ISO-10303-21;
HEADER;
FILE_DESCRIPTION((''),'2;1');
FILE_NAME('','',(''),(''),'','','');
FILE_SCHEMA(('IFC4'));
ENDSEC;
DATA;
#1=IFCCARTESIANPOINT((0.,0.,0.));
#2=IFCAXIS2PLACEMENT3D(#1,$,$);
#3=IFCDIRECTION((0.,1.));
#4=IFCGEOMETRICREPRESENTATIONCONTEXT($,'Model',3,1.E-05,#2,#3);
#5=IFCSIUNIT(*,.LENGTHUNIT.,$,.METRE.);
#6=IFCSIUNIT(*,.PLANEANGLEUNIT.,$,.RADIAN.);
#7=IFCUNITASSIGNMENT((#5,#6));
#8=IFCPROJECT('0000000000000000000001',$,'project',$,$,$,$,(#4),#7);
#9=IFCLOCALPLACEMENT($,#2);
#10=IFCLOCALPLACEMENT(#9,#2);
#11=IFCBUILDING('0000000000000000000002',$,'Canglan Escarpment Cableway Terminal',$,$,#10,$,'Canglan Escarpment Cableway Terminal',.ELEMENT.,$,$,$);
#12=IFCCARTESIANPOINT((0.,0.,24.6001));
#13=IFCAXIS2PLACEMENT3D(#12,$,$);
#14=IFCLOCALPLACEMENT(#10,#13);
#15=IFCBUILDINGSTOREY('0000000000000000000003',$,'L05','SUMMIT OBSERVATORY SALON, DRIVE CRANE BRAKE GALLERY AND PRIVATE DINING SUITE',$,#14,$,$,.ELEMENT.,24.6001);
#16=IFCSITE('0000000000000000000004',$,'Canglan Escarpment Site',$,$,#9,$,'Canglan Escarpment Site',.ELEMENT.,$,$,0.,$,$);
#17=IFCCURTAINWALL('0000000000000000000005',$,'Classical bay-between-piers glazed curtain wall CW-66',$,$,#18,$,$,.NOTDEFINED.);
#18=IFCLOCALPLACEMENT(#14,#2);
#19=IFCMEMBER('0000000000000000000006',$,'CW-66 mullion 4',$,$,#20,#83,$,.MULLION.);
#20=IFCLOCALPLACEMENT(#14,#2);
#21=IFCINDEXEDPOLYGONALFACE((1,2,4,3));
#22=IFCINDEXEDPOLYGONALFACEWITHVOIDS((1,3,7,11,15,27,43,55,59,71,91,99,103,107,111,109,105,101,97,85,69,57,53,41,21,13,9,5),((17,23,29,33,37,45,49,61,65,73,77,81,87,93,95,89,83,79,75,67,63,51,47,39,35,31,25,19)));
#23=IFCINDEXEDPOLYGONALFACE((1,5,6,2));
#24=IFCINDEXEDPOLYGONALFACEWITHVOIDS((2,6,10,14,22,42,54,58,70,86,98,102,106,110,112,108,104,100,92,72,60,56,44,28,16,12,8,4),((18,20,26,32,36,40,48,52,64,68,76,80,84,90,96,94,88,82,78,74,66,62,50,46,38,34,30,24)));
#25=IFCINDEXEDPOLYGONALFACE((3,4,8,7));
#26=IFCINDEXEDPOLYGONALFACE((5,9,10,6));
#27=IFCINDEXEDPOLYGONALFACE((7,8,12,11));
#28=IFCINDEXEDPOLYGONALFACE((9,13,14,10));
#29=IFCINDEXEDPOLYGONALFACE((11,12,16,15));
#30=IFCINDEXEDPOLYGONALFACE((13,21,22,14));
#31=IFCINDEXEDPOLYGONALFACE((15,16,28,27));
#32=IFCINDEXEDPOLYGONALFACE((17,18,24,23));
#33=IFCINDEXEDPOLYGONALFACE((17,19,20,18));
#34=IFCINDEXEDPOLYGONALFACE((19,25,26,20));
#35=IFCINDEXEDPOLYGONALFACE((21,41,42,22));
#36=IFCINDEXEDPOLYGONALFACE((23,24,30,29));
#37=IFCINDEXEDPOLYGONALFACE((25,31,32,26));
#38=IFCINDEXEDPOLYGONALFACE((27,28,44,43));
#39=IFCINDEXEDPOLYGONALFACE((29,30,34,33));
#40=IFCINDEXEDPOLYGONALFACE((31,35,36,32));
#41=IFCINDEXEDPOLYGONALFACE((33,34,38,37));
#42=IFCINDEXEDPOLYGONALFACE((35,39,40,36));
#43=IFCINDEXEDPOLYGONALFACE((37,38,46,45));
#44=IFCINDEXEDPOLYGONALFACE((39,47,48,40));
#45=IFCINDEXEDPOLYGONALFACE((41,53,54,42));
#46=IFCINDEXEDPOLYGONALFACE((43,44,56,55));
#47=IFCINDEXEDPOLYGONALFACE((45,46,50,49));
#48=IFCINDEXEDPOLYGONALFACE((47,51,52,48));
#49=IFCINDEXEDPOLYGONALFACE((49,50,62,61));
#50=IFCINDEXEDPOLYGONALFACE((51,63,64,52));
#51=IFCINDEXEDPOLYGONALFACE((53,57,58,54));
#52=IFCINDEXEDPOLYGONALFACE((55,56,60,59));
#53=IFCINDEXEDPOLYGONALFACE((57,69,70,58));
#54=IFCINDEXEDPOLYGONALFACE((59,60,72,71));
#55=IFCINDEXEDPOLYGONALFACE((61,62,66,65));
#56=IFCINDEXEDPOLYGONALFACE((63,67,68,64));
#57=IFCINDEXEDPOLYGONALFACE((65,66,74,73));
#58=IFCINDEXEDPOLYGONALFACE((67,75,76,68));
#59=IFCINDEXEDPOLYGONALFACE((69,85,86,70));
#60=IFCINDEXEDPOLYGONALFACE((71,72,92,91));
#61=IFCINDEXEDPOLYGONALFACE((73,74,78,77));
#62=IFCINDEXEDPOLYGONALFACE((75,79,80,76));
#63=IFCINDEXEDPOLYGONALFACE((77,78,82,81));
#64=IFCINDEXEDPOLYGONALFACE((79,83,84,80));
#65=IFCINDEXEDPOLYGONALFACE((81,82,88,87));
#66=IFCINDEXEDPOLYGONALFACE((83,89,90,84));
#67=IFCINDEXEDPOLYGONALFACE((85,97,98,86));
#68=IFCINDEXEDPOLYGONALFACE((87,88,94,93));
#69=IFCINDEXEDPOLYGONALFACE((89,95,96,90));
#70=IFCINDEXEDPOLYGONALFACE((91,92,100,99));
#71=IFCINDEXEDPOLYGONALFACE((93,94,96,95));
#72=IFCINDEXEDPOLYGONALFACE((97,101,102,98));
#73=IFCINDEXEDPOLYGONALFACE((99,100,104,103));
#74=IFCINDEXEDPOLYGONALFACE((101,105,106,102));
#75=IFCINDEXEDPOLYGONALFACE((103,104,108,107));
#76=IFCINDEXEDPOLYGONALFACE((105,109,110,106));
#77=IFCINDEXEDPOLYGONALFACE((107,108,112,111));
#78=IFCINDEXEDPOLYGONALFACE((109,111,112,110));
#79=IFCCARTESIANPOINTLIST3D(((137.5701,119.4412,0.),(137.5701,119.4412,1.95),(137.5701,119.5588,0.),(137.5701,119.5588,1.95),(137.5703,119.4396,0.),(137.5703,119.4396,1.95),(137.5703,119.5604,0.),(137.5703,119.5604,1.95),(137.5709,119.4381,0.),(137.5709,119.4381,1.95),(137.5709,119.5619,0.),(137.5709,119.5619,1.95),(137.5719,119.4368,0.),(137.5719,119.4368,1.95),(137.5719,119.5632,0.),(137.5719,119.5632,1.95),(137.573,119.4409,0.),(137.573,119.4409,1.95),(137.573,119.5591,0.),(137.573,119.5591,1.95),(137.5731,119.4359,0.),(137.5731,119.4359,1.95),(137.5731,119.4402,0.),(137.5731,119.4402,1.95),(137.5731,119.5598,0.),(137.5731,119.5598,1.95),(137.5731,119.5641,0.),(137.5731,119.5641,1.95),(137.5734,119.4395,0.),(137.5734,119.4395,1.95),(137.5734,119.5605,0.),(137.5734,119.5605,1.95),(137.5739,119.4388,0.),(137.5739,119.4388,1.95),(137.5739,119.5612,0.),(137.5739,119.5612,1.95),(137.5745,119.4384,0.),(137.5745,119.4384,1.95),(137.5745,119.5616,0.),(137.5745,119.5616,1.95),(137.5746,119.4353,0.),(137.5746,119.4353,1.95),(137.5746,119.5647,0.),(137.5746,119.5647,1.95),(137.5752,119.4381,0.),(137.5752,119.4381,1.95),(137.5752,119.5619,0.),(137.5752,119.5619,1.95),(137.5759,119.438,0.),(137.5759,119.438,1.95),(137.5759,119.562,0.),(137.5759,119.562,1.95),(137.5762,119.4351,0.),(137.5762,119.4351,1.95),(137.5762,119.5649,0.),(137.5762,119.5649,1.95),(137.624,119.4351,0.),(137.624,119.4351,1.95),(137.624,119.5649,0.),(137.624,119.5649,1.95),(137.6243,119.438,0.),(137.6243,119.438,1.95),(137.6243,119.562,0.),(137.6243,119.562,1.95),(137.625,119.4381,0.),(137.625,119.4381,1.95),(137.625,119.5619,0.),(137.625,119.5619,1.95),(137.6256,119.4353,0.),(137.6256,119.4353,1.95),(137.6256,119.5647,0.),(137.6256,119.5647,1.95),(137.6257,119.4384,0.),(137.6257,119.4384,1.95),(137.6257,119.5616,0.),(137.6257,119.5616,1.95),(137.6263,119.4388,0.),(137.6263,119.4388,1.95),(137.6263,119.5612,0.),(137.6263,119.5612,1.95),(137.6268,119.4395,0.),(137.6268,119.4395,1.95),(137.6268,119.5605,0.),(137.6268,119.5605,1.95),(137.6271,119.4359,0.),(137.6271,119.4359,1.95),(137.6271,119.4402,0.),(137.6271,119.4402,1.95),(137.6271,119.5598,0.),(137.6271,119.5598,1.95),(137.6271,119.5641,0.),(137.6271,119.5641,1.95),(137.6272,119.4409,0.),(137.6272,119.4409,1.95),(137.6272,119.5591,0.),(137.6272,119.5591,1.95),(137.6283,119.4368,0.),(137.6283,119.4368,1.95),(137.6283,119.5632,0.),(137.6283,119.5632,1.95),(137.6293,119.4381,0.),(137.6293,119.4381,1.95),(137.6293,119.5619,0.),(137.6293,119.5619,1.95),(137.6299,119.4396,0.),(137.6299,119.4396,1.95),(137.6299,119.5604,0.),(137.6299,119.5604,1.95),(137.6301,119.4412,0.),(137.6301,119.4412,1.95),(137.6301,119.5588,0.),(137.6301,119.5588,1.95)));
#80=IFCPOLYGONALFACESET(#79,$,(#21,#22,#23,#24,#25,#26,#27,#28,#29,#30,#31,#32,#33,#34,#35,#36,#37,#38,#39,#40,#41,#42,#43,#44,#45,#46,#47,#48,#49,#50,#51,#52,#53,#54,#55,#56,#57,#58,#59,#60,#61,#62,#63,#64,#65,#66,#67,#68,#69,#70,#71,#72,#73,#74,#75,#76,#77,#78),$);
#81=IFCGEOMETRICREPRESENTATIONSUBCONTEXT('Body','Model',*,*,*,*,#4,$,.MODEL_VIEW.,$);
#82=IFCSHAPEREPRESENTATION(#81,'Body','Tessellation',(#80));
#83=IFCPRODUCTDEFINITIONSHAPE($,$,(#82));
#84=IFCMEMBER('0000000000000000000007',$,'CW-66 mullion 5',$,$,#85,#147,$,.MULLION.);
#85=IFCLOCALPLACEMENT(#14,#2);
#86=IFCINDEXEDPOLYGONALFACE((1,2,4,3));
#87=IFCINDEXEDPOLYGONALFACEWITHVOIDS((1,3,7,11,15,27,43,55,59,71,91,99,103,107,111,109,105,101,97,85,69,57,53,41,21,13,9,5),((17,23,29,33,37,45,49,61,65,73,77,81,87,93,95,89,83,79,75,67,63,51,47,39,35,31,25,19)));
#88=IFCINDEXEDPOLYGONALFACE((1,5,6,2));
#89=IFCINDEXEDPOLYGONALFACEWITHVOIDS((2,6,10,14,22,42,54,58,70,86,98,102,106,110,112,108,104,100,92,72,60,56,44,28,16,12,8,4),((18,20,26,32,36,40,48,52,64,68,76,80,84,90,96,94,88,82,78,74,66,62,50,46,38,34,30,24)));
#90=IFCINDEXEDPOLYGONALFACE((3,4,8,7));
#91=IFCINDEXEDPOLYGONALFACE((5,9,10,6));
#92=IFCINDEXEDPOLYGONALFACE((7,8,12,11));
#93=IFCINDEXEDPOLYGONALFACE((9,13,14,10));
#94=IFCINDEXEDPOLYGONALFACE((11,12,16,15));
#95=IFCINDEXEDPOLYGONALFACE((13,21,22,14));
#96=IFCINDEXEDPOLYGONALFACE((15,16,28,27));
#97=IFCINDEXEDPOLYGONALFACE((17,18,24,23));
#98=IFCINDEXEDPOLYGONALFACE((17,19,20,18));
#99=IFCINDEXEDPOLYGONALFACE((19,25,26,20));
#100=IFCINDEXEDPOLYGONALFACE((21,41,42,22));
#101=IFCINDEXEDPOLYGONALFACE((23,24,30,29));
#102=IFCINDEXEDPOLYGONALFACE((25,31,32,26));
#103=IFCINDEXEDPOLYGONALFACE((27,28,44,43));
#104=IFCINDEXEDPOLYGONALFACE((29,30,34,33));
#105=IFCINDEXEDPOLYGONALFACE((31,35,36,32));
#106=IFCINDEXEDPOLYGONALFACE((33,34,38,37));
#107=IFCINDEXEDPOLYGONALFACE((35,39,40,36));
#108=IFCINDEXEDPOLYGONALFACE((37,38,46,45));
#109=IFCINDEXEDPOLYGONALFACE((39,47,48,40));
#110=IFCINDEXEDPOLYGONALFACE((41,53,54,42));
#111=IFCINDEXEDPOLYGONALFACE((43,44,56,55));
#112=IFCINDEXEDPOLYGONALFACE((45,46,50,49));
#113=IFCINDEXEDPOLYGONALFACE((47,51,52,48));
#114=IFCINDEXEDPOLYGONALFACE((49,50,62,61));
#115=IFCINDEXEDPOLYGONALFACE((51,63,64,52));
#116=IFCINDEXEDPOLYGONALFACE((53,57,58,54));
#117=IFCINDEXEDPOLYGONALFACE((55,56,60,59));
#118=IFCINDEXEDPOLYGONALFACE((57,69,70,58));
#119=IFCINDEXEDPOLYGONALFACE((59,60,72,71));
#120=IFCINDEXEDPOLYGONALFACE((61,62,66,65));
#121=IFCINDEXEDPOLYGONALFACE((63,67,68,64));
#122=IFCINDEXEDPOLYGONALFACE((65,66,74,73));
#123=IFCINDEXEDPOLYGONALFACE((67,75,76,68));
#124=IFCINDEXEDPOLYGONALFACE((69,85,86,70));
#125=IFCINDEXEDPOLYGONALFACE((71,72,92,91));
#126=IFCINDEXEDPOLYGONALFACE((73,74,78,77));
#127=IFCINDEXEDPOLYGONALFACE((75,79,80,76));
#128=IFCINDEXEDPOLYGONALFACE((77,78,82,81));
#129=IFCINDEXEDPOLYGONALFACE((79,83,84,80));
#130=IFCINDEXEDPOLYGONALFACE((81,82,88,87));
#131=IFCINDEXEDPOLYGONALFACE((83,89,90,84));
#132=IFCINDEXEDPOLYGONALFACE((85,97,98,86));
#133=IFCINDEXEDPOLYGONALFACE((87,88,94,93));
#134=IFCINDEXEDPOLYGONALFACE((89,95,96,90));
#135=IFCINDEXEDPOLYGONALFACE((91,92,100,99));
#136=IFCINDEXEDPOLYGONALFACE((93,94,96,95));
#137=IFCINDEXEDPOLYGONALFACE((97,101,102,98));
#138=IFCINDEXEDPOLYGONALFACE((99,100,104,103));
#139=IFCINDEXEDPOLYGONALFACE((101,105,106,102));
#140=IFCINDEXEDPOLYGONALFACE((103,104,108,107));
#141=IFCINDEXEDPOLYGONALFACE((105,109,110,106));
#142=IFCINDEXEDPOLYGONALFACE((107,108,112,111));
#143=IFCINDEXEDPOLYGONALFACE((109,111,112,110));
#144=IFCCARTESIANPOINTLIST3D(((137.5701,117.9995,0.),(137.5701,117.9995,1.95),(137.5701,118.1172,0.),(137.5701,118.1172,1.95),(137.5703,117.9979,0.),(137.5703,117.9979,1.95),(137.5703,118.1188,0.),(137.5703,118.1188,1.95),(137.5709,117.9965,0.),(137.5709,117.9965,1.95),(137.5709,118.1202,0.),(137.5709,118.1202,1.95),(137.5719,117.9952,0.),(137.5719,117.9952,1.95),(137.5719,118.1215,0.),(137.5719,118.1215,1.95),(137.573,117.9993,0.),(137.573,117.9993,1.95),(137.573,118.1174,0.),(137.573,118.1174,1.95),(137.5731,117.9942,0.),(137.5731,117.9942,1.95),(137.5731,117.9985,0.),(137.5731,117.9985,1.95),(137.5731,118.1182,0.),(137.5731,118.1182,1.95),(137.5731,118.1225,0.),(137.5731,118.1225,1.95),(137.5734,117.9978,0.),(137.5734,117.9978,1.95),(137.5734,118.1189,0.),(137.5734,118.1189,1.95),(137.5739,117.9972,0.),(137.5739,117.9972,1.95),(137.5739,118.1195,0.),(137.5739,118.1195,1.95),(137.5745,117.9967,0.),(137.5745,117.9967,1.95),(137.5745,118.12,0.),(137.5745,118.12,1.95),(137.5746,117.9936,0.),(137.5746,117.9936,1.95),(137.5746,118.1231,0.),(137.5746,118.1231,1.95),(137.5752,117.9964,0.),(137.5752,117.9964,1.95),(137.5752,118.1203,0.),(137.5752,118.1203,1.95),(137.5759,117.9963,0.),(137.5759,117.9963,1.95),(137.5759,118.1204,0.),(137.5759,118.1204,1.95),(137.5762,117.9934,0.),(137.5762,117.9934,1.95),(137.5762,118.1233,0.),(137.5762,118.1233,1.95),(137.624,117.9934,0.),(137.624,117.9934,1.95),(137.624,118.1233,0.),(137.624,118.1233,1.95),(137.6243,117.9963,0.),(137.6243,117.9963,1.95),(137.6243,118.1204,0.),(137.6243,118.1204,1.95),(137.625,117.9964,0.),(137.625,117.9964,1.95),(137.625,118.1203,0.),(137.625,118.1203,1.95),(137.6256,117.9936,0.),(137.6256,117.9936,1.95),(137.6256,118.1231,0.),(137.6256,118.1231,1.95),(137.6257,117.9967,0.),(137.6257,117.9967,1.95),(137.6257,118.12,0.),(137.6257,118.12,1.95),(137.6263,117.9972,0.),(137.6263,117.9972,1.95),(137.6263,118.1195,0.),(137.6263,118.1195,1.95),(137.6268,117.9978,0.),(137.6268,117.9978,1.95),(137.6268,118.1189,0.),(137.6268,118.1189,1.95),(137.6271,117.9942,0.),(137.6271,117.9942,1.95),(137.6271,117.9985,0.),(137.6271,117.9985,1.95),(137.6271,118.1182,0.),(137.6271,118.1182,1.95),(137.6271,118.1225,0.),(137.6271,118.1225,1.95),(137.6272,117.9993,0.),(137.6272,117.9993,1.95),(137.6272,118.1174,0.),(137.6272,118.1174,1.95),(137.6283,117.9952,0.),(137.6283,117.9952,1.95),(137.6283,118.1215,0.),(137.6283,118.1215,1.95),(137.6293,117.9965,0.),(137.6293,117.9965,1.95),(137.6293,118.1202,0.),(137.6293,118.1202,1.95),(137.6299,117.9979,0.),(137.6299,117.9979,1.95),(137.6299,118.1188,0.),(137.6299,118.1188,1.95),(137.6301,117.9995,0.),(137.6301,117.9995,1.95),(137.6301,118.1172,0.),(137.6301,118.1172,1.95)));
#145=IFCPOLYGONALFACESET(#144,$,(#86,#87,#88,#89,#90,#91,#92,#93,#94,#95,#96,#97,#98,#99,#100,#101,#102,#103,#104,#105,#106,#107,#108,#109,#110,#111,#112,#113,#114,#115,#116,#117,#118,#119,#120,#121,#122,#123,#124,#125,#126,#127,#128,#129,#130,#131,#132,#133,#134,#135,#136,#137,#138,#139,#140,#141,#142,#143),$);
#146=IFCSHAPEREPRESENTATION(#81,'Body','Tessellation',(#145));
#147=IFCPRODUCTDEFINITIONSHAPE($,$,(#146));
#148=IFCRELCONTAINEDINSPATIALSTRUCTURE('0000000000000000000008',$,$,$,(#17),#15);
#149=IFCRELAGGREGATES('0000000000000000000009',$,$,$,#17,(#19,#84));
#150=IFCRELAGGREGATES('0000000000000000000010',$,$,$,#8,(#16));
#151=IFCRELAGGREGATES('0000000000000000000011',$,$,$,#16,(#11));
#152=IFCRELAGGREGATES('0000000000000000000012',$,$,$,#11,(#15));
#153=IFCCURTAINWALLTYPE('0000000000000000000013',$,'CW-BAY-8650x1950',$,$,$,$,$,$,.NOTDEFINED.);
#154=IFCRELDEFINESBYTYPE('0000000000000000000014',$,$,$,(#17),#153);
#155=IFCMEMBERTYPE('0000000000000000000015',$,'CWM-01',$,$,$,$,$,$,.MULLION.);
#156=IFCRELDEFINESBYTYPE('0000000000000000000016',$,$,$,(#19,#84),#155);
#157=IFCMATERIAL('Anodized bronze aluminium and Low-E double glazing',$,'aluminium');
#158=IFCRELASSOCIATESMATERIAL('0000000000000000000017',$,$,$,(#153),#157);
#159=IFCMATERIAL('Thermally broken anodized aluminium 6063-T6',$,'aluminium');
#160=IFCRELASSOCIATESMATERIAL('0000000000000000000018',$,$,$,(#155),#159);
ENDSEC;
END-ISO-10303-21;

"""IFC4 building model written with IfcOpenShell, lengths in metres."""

from ifc_helpers import new_model, si_unit, direction, frame, origin, origin_2d, place, context, subcontext, project, spatial, hollow_rectangle, extrude, material, material_profile, profile_set, type_object, element, aggregate, save


model = new_model("IFC4")

# Units and contexts
model_context = context("Model", 3, precision=1e-05, world=origin(), true_north=direction((0.0, 1.0)))
body_context = subcontext(model_context, "Body", "Model", "MODEL_VIEW")
ifc_project = project(units=[si_unit("LENGTHUNIT", "METRE"), si_unit("PLANEANGLEUNIT", "RADIAN")], contexts=[model_context])

# Site, building, storey
site_placement = place(None, origin())
site = spatial("IfcSite", under=ifc_project, at=site_placement, Name="Canglan Escarpment Site", LongName="Canglan Escarpment Site", CompositionType="ELEMENT", RefElevation=0.0)
building_placement = place(site_placement, origin())
building = spatial("IfcBuilding", under=site, at=building_placement, Name="Canglan Escarpment Cableway Terminal", LongName="Canglan Escarpment Cableway Terminal", CompositionType="ELEMENT")
storey_placement = place(building_placement, frame((0.0, 0.0, 24.6001)))
storey = spatial("IfcBuildingStorey", under=building, at=storey_placement, Name="L05", Description="SUMMIT OBSERVATORY SALON, DRIVE CRANE BRAKE GALLERY AND PRIVATE DINING SUITE", CompositionType="ELEMENT", Elevation=24.6001)

# Curtain wall, members
ifc_material_1 = material(Name="Anodized bronze aluminium and Low-E double glazing", Category="aluminium")
curtain_wall_type = type_object("IfcCurtainWallType", Name="CW-BAY-8650x1950", PredefinedType="NOTDEFINED", material=ifc_material_1)
curtain_wall_1_placement = place(storey_placement, origin())
curtain_wall_1 = element("IfcCurtainWall", 1, at=curtain_wall_1_placement, inside=storey, type_object=curtain_wall_type, Name="Classical bay-between-piers glazed curtain wall CW-66", PredefinedType="NOTDEFINED")
ifc_material_2 = material(Name="Thermally broken anodized aluminium 6063-T6", Category="aluminium")
ifc_material_profile_1 = material_profile(ifc_material_2, hollow_rectangle(XDim=0.0601, YDim=0.1299, WallThickness=0.0029, InnerFilletRadius=0.0029, OuterFilletRadius=0.0061, at=origin_2d()), Name="ALU-MULL 60x130x3")
ifc_profile_set_1 = profile_set([ifc_material_profile_1], Name="Thermally broken anodized aluminium 6063-T6")
member_type_1 = type_object("IfcMemberType", Name="CWM-01", PredefinedType="MULLION", material=ifc_profile_set_1)
member_1_placement = place(storey_placement, frame((137.6001, 119.5, 0.0), z_axis=(0.0, 0.0, 1.0), x_axis=(1.0, 0.0, 0.0)))
member_1 = element("IfcMember", 2, at=member_1_placement, type_object=member_type_1, Name="CW-66 mullion 4", PredefinedType="MULLION", context=body_context, shape_type="SweptSolid", body=[
    extrude(hollow_rectangle(XDim=0.0601, YDim=0.1299, WallThickness=0.0029, InnerFilletRadius=0.0029, OuterFilletRadius=0.0061, at=origin_2d()), origin(), (0.0, 0.0, 1.0), 1.95),
])
member_2_placement = place(storey_placement, frame((137.6001, 118.0583, 0.0), z_axis=(0.0, 0.0, 1.0), x_axis=(1.0, 0.0, 0.0)))
member_2 = element("IfcMember", 3, at=member_2_placement, type_object=member_type_1, Name="CW-66 mullion 5", PredefinedType="MULLION", context=body_context, shape_type="SweptSolid", body=[
    extrude(hollow_rectangle(XDim=0.0601, YDim=0.1299, WallThickness=0.0029, InnerFilletRadius=0.0029, OuterFilletRadius=0.0061, at=origin_2d()), origin(), (0.0, 0.0, 1.0), 1.95),
])

aggregate(curtain_wall_1, [member_1, member_2])

save(model, "model.ifc")
